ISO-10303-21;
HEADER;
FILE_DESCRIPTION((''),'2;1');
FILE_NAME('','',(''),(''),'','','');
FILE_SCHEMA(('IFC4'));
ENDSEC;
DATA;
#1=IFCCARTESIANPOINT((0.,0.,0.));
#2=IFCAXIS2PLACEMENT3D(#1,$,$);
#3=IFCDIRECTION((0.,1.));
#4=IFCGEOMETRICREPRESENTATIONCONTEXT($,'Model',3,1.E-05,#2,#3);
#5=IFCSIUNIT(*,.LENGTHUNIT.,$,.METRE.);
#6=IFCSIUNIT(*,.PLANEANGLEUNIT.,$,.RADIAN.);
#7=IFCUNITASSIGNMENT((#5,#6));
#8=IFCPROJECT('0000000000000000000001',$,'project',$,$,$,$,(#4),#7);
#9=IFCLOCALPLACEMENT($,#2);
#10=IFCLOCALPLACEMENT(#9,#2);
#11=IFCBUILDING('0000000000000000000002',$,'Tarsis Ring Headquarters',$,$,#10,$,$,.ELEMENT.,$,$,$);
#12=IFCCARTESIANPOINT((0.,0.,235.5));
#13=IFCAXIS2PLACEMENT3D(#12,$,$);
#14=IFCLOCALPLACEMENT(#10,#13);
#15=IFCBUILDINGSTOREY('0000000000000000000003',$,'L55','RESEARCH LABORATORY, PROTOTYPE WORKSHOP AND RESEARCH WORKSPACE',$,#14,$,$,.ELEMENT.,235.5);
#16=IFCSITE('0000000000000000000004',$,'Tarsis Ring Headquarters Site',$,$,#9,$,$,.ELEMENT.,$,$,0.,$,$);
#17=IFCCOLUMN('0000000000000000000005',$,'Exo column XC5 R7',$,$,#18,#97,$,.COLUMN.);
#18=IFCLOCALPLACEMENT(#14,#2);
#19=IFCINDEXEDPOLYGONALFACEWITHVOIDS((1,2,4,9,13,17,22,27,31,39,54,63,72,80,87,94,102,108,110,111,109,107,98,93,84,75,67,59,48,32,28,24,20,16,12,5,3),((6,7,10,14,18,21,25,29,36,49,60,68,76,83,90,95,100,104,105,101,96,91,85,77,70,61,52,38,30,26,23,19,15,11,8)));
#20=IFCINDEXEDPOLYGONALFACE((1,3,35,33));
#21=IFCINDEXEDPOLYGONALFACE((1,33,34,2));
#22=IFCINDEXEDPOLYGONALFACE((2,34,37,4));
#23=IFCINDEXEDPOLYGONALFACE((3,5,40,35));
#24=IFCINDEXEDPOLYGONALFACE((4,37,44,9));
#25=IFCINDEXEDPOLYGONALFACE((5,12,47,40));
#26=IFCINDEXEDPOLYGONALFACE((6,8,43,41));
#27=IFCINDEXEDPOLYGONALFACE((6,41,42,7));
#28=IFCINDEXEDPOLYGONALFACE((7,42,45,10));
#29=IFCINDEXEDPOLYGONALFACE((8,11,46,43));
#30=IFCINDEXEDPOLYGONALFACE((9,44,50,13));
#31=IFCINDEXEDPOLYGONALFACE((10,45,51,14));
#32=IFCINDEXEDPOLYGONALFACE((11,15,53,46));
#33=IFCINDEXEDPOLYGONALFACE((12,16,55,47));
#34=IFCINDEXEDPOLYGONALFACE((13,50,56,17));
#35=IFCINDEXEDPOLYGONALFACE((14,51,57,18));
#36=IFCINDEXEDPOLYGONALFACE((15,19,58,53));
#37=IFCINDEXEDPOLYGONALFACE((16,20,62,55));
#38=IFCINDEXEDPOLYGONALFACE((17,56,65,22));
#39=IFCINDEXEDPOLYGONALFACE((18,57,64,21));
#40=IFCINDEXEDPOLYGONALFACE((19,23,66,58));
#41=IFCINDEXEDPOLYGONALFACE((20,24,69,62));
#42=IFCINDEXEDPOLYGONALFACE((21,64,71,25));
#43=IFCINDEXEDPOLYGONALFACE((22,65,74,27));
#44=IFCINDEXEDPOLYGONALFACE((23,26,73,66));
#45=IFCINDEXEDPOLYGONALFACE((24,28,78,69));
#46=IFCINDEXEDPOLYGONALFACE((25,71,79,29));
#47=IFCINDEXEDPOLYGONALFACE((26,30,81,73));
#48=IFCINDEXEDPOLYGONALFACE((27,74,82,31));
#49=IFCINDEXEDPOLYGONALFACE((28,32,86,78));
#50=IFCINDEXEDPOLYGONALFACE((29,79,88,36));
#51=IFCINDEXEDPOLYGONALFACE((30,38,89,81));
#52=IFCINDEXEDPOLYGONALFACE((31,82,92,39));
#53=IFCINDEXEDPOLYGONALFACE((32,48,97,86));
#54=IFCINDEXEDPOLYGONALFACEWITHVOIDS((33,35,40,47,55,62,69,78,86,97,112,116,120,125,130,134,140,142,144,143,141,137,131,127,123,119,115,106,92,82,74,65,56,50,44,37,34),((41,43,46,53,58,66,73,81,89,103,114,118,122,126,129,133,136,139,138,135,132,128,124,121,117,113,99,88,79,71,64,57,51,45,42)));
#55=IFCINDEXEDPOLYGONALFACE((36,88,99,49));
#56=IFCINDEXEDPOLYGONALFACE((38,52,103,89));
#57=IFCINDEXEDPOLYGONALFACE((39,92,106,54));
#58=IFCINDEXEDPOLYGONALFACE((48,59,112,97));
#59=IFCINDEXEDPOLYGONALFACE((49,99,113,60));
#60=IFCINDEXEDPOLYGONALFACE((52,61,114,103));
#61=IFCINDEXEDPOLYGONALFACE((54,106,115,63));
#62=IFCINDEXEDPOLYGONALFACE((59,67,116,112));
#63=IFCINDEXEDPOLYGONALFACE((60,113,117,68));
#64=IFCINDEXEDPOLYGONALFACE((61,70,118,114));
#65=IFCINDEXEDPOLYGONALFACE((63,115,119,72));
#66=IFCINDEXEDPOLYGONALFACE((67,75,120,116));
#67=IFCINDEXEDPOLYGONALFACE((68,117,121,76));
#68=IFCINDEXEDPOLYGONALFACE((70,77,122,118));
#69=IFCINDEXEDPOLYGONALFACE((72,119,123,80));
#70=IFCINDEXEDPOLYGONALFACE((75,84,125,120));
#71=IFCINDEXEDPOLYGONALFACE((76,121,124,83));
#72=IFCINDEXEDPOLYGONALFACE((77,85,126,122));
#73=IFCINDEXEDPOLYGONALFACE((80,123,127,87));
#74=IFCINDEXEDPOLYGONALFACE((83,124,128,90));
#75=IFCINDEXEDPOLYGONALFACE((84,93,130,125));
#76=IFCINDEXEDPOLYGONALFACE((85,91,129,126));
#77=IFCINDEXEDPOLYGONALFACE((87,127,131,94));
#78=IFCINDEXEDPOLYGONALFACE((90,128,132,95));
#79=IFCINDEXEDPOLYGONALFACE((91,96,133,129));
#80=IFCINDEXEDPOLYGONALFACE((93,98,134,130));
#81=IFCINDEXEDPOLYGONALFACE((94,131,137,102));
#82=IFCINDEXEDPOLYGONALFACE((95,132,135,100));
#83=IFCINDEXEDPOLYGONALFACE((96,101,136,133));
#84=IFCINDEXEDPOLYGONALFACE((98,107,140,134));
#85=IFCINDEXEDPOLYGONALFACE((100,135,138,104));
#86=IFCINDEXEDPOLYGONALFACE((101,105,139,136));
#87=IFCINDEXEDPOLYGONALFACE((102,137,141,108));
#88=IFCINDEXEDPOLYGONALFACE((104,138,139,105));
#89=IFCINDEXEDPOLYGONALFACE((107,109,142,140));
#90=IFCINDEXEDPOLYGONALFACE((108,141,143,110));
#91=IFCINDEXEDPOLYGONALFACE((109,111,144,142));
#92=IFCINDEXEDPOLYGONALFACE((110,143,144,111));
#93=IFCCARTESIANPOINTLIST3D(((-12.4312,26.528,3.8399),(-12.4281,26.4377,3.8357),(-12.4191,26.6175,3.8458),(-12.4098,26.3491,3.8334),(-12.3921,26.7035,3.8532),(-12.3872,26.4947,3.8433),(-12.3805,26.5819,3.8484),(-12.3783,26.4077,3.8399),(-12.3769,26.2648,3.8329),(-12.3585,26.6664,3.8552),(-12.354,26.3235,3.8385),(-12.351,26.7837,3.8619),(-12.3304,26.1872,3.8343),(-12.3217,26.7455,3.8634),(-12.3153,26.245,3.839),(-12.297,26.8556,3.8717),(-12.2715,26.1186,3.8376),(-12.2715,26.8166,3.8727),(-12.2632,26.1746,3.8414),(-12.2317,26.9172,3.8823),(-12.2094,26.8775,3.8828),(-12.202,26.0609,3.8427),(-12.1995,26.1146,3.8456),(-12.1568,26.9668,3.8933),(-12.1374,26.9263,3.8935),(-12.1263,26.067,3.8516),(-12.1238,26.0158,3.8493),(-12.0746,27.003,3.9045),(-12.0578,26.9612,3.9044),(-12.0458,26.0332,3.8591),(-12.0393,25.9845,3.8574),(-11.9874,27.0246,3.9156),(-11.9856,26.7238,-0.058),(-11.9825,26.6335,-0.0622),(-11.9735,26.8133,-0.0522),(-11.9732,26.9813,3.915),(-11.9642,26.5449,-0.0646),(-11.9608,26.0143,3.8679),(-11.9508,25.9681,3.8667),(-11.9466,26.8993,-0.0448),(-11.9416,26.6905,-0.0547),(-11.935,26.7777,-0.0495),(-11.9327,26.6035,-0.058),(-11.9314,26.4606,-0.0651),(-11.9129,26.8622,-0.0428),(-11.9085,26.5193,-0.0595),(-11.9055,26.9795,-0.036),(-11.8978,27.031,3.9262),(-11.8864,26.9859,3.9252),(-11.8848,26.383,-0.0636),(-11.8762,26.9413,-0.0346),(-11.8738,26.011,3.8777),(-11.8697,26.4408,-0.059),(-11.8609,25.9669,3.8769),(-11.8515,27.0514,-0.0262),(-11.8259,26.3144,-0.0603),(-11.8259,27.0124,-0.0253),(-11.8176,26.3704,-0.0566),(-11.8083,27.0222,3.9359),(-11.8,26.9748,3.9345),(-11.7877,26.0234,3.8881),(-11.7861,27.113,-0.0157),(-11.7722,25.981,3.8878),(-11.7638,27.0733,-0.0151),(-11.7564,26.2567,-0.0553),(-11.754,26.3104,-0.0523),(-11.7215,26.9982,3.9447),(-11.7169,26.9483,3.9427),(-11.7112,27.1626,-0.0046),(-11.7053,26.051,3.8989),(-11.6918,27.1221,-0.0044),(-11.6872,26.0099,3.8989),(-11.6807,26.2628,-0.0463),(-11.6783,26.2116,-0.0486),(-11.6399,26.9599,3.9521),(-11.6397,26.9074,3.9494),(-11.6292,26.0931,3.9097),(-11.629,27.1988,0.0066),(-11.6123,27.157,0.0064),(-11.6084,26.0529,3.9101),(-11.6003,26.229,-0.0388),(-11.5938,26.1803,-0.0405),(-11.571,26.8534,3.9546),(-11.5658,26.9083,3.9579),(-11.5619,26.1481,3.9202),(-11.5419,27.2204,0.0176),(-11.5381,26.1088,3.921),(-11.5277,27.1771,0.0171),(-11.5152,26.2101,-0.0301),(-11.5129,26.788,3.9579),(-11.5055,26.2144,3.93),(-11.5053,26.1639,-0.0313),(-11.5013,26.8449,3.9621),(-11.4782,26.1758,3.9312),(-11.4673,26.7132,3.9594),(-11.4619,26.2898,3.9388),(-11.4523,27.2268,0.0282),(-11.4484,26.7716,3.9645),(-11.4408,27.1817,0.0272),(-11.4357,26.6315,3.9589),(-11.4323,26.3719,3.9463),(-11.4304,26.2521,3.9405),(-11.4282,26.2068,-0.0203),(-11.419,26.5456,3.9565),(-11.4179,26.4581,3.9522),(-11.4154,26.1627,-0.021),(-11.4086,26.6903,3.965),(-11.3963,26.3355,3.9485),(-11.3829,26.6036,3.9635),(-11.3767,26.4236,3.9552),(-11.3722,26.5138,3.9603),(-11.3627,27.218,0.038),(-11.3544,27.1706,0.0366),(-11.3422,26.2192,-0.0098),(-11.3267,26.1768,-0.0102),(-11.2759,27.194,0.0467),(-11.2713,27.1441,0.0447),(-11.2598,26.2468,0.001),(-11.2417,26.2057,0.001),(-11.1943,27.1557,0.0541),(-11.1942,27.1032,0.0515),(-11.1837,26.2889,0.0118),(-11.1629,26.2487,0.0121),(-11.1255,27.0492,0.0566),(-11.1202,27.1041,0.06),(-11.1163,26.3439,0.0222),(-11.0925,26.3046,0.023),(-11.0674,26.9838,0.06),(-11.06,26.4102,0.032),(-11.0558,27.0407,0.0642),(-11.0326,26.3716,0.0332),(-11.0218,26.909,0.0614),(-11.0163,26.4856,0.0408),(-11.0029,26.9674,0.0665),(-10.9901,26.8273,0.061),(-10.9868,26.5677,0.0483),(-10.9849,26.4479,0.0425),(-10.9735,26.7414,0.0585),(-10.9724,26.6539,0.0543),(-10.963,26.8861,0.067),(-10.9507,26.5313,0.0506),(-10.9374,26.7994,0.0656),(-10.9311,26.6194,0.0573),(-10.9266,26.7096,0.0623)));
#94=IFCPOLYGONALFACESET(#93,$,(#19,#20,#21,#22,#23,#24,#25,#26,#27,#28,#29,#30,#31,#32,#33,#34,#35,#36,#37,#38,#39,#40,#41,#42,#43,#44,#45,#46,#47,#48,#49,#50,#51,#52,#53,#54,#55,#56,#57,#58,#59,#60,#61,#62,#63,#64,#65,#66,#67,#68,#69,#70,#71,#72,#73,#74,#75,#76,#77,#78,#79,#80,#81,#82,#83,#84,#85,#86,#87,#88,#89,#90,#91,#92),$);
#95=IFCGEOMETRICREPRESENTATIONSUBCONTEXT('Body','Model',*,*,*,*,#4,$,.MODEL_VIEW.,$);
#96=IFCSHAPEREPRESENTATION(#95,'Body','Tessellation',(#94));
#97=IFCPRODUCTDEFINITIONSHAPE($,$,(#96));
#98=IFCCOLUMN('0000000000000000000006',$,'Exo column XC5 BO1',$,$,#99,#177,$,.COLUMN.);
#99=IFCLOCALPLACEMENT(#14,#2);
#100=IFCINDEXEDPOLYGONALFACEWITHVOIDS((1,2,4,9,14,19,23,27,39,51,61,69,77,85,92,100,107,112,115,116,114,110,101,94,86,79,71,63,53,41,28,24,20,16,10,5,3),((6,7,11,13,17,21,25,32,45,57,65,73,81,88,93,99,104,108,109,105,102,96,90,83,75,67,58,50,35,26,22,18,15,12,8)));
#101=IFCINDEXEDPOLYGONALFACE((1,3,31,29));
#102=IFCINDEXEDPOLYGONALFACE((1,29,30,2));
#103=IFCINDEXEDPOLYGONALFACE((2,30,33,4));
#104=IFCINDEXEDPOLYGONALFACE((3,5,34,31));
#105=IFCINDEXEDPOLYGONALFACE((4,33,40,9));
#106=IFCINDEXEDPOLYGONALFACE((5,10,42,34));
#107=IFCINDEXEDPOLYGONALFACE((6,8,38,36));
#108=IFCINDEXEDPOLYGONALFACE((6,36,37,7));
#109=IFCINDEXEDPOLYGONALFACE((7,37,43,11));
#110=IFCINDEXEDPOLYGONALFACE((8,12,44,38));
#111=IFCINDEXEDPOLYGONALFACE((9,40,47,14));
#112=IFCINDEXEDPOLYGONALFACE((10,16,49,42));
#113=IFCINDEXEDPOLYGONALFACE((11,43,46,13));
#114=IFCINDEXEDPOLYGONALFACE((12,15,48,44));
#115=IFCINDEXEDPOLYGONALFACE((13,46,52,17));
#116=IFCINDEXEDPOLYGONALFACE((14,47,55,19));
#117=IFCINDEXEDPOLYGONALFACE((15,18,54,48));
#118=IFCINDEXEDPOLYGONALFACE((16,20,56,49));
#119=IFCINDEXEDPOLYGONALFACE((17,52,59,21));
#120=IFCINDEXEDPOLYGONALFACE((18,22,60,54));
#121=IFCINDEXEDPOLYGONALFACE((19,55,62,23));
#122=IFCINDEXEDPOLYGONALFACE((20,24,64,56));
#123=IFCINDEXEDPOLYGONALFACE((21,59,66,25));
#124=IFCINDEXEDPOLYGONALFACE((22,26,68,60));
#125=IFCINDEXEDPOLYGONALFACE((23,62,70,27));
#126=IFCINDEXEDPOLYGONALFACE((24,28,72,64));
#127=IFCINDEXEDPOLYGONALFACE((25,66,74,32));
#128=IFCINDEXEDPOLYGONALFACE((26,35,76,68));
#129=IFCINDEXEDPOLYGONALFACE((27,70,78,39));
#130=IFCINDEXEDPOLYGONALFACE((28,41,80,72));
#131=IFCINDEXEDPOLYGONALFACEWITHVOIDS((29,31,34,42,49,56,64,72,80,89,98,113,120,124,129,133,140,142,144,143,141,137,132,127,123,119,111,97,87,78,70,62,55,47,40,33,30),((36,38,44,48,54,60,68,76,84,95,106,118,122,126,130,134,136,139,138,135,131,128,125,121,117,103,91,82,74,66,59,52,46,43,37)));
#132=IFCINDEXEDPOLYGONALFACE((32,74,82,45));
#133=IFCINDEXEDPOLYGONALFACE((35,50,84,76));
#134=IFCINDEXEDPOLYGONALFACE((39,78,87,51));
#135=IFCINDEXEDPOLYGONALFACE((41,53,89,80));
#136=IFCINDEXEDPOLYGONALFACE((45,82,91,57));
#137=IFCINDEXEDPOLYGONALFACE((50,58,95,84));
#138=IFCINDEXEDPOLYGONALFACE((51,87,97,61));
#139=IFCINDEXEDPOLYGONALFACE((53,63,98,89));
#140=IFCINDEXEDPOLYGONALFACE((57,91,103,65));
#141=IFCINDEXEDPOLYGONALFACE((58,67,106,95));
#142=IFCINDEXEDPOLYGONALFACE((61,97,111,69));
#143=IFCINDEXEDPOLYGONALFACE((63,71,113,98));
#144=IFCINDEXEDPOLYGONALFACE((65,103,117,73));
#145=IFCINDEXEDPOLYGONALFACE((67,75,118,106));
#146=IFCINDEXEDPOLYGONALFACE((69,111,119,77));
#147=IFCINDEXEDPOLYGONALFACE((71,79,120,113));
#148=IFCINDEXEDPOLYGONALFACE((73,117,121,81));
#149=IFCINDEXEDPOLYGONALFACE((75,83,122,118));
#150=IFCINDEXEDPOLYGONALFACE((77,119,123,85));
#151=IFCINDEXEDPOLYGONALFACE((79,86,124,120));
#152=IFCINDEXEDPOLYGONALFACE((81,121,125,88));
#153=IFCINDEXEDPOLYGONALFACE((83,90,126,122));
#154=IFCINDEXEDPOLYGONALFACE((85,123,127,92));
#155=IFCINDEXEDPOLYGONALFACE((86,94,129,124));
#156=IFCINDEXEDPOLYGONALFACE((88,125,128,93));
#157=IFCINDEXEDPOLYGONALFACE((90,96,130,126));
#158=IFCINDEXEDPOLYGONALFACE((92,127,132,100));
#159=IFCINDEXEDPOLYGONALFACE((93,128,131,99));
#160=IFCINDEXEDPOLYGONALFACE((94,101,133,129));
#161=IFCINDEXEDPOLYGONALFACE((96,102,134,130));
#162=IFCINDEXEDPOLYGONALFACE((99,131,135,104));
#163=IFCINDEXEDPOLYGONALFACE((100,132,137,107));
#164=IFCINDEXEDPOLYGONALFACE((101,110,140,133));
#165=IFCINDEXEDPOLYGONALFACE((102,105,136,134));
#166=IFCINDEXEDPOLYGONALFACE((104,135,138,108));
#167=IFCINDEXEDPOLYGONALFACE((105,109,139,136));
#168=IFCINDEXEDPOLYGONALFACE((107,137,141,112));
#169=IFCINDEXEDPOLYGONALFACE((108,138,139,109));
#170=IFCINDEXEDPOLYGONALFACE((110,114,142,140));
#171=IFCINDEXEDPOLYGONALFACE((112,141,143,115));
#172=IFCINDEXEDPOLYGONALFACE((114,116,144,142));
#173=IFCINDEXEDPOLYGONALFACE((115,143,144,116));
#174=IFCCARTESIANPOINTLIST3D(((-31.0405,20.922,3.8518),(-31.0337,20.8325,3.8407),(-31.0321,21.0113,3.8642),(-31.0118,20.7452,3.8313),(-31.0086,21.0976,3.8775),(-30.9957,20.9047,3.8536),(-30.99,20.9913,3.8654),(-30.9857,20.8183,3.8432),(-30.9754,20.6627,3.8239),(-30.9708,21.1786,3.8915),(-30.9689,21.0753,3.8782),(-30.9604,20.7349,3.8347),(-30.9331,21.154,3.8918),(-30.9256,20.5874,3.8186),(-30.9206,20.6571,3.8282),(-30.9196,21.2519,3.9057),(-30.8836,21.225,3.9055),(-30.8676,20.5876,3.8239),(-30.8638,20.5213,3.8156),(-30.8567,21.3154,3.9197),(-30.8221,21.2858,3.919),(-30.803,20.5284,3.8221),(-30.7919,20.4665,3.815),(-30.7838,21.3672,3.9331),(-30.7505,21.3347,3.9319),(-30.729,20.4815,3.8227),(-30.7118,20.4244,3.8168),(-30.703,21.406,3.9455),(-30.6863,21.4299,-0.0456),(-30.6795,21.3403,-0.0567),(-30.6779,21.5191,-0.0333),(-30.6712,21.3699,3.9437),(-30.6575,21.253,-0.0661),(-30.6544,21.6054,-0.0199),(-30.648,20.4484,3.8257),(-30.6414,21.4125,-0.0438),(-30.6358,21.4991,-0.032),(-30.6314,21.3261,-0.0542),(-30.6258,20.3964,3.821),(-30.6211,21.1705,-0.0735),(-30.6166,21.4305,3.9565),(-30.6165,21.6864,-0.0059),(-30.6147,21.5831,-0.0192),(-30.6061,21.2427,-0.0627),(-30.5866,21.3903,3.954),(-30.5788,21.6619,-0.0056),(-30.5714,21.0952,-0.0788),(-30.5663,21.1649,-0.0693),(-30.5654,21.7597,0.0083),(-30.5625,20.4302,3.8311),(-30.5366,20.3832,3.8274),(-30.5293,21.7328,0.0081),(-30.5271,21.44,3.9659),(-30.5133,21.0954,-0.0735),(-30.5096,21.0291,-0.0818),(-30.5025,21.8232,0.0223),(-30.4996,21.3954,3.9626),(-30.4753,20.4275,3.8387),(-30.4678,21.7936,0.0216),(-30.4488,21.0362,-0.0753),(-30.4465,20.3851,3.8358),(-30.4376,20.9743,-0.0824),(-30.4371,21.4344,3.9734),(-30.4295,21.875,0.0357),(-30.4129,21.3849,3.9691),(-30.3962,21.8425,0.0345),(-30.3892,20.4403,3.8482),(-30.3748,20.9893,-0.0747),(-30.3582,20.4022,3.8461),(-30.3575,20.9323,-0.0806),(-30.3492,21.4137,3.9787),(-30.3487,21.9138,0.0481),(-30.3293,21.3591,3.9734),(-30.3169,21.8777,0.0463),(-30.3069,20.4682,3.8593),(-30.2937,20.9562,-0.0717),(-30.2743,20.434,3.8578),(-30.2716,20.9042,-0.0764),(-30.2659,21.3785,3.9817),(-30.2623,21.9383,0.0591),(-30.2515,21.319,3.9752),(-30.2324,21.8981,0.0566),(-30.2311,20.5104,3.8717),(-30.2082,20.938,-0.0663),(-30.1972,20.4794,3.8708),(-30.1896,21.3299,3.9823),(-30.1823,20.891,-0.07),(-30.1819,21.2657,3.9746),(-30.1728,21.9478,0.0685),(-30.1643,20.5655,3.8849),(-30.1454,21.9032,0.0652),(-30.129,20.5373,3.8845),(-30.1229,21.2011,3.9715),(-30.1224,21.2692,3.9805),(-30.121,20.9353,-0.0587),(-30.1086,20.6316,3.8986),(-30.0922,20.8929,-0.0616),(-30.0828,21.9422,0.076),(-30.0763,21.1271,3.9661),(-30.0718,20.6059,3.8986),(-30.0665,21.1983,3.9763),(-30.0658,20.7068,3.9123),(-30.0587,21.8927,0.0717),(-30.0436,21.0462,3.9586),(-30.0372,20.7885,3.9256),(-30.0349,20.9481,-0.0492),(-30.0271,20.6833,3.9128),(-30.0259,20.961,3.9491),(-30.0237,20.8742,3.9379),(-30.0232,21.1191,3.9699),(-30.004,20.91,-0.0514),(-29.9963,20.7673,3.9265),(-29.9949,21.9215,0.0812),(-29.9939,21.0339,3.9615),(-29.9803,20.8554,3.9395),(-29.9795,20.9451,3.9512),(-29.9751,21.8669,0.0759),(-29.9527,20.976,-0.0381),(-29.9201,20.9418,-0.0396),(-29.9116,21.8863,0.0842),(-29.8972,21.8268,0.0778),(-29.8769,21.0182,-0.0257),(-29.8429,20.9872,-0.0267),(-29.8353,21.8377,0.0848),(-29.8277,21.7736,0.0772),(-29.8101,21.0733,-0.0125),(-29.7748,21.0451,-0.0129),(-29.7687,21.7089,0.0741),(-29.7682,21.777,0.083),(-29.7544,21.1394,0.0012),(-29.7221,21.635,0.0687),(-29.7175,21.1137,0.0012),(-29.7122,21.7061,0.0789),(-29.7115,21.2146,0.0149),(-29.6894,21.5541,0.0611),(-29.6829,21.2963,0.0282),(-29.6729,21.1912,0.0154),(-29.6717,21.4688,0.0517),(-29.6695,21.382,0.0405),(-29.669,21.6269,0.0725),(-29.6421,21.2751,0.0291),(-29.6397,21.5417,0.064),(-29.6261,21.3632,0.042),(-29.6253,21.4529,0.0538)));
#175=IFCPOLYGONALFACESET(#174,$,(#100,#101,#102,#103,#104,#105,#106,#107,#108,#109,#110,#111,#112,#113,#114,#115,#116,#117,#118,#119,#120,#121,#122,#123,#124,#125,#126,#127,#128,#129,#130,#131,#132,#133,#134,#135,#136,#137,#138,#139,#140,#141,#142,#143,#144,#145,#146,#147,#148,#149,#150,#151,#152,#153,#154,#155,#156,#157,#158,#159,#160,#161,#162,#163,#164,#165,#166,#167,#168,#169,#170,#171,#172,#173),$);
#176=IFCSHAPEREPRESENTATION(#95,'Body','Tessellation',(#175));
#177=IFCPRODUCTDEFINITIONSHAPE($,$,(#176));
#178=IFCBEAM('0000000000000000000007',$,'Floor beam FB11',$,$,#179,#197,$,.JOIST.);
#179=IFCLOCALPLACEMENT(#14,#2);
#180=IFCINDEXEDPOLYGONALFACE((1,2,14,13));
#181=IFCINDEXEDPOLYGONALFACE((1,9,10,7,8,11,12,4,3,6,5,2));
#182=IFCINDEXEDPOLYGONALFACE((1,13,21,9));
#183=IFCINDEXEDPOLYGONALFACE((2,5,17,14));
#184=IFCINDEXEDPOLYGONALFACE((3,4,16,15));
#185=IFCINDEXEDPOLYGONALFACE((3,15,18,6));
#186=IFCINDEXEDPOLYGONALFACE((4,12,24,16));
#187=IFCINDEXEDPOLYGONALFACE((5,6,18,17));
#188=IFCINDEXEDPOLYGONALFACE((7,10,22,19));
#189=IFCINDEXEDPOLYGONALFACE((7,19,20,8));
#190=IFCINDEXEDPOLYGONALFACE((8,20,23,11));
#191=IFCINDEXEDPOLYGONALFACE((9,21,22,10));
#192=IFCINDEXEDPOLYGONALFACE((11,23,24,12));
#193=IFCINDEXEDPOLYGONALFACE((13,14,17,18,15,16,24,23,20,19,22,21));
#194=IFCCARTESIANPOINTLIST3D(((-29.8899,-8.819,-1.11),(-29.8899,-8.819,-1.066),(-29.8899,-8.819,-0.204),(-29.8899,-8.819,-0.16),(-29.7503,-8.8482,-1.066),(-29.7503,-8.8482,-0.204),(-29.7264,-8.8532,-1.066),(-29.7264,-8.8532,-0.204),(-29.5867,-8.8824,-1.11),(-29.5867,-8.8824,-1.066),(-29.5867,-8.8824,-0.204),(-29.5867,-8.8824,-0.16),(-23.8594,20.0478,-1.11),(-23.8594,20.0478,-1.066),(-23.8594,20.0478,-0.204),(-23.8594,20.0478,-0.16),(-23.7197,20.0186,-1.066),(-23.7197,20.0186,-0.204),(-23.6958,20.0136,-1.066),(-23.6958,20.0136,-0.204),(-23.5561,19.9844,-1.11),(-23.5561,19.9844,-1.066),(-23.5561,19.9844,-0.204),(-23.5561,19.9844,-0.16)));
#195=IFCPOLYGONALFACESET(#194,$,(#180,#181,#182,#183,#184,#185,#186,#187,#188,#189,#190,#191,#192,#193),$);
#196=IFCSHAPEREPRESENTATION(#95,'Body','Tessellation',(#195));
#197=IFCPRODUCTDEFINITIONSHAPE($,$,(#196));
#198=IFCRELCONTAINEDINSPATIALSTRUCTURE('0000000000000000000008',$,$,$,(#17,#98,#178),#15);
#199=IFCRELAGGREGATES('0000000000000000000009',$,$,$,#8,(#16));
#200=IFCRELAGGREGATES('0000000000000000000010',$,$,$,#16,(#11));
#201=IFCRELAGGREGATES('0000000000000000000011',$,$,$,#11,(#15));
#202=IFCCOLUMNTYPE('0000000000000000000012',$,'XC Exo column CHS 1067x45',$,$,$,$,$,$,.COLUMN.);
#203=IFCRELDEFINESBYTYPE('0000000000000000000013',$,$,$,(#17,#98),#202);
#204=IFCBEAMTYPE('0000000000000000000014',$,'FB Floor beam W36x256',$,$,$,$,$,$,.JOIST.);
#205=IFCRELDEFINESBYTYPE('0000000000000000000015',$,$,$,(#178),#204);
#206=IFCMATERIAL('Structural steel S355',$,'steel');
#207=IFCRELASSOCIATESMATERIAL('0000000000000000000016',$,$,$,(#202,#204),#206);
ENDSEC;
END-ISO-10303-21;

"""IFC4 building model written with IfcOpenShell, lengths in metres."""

from ifc_helpers import new_model, si_unit, direction, frame, origin, origin_2d, place, context, subcontext, project, spatial, hollow_circle, i_section, extrude, material, material_profile, profile_set, type_object, element, save


model = new_model("IFC4")

# Units and contexts
model_context = context("Model", 3, precision=1e-05, world=origin(), true_north=direction((0.0, 1.0)))
body_context = subcontext(model_context, "Body", "Model", "MODEL_VIEW")
ifc_project = project(units=[si_unit("LENGTHUNIT", "METRE"), si_unit("PLANEANGLEUNIT", "RADIAN")], contexts=[model_context])

# Site, building, storey
site_placement = place(None, origin())
site = spatial("IfcSite", under=ifc_project, at=site_placement, Name="Tarsis Ring Headquarters Site", CompositionType="ELEMENT", RefElevation=0.0)
building_placement = place(site_placement, origin())
building = spatial("IfcBuilding", under=site, at=building_placement, Name="Tarsis Ring Headquarters", CompositionType="ELEMENT")
storey_placement = place(building_placement, frame((0.0, 0.0, 235.5)))
storey = spatial("IfcBuildingStorey", under=building, at=storey_placement, Name="L55", Description="RESEARCH LABORATORY, PROTOTYPE WORKSHOP AND RESEARCH WORKSPACE", CompositionType="ELEMENT", Elevation=235.5)

# Columns
ifc_material_1 = material(Name="Structural steel S355", Category="steel")
ifc_material_profile_1 = material_profile(ifc_material_1, hollow_circle(Radius=0.5334, WallThickness=0.0449, at=origin_2d()), Name="CHS 1067x45")
ifc_profile_set_1 = profile_set([ifc_material_profile_1], Name="Structural steel S355")
column_type = type_object("IfcColumnType", Name="XC Exo column CHS 1067x45", PredefinedType="COLUMN", material=ifc_profile_set_1)
column_1_placement = place(storey_placement, frame((-11.4563, 26.6941, 0.001), z_axis=(-0.113425, -0.049845, 0.992295), x_axis=(0.402318, -0.9155, 0.0)))
element("IfcColumn", 1, at=column_1_placement, inside=storey, type_object=column_type, Name="Exo column XC5 R7", PredefinedType="COLUMN", context=body_context, shape_type="SweptSolid", body=[
    extrude(hollow_circle(Radius=0.5334, WallThickness=0.0449, at=origin_2d()), origin(), (0.0, 0.0, 1.0), 3.9282),
])
column_2_placement = place(storey_placement, frame((-30.155, 21.4189, 0.0012), z_axis=(-0.089766, -0.128679, 0.987615), x_axis=(0.820157, -0.572138, 0.0)))
element("IfcColumn", 2, at=column_2_placement, inside=storey, type_object=column_type, Name="Exo column XC5 BO1", PredefinedType="COLUMN", context=body_context, shape_type="SweptSolid", body=[
    extrude(hollow_circle(Radius=0.5334, WallThickness=0.0449, at=origin_2d()), origin(), (0.0, 0.0, 1.0), 3.9463),
])

# Beam
ifc_material_profile_2 = material_profile(ifc_material_1, i_section(OverallWidth=0.3098, OverallDepth=0.95, WebThickness=0.0244, FlangeThickness=0.0439, at=origin_2d()), Name="W36x256")
ifc_profile_set_2 = profile_set([ifc_material_profile_2], Name="Structural steel S355")
beam_type_1 = type_object("IfcBeamType", Name="FB Floor beam W36x256", PredefinedType="JOIST", material=ifc_profile_set_2)
beam_1_placement = place(storey_placement, frame((-23.7078, 20.0161, -0.635), z_axis=(-0.204494, -0.978868, 0.0), x_axis=(0.978868, -0.204494, 0.0)))
element("IfcBeam", 3, at=beam_1_placement, inside=storey, type_object=beam_type_1, Name="Floor beam FB11", PredefinedType="JOIST", context=body_context, shape_type="SweptSolid", body=[
    extrude(i_section(OverallWidth=0.3098, OverallDepth=0.95, WebThickness=0.0244, FlangeThickness=0.0439, at=origin_2d()), origin(), (0.0, 0.0, 1.0), 29.49),
])

save(model, "model.ifc")
